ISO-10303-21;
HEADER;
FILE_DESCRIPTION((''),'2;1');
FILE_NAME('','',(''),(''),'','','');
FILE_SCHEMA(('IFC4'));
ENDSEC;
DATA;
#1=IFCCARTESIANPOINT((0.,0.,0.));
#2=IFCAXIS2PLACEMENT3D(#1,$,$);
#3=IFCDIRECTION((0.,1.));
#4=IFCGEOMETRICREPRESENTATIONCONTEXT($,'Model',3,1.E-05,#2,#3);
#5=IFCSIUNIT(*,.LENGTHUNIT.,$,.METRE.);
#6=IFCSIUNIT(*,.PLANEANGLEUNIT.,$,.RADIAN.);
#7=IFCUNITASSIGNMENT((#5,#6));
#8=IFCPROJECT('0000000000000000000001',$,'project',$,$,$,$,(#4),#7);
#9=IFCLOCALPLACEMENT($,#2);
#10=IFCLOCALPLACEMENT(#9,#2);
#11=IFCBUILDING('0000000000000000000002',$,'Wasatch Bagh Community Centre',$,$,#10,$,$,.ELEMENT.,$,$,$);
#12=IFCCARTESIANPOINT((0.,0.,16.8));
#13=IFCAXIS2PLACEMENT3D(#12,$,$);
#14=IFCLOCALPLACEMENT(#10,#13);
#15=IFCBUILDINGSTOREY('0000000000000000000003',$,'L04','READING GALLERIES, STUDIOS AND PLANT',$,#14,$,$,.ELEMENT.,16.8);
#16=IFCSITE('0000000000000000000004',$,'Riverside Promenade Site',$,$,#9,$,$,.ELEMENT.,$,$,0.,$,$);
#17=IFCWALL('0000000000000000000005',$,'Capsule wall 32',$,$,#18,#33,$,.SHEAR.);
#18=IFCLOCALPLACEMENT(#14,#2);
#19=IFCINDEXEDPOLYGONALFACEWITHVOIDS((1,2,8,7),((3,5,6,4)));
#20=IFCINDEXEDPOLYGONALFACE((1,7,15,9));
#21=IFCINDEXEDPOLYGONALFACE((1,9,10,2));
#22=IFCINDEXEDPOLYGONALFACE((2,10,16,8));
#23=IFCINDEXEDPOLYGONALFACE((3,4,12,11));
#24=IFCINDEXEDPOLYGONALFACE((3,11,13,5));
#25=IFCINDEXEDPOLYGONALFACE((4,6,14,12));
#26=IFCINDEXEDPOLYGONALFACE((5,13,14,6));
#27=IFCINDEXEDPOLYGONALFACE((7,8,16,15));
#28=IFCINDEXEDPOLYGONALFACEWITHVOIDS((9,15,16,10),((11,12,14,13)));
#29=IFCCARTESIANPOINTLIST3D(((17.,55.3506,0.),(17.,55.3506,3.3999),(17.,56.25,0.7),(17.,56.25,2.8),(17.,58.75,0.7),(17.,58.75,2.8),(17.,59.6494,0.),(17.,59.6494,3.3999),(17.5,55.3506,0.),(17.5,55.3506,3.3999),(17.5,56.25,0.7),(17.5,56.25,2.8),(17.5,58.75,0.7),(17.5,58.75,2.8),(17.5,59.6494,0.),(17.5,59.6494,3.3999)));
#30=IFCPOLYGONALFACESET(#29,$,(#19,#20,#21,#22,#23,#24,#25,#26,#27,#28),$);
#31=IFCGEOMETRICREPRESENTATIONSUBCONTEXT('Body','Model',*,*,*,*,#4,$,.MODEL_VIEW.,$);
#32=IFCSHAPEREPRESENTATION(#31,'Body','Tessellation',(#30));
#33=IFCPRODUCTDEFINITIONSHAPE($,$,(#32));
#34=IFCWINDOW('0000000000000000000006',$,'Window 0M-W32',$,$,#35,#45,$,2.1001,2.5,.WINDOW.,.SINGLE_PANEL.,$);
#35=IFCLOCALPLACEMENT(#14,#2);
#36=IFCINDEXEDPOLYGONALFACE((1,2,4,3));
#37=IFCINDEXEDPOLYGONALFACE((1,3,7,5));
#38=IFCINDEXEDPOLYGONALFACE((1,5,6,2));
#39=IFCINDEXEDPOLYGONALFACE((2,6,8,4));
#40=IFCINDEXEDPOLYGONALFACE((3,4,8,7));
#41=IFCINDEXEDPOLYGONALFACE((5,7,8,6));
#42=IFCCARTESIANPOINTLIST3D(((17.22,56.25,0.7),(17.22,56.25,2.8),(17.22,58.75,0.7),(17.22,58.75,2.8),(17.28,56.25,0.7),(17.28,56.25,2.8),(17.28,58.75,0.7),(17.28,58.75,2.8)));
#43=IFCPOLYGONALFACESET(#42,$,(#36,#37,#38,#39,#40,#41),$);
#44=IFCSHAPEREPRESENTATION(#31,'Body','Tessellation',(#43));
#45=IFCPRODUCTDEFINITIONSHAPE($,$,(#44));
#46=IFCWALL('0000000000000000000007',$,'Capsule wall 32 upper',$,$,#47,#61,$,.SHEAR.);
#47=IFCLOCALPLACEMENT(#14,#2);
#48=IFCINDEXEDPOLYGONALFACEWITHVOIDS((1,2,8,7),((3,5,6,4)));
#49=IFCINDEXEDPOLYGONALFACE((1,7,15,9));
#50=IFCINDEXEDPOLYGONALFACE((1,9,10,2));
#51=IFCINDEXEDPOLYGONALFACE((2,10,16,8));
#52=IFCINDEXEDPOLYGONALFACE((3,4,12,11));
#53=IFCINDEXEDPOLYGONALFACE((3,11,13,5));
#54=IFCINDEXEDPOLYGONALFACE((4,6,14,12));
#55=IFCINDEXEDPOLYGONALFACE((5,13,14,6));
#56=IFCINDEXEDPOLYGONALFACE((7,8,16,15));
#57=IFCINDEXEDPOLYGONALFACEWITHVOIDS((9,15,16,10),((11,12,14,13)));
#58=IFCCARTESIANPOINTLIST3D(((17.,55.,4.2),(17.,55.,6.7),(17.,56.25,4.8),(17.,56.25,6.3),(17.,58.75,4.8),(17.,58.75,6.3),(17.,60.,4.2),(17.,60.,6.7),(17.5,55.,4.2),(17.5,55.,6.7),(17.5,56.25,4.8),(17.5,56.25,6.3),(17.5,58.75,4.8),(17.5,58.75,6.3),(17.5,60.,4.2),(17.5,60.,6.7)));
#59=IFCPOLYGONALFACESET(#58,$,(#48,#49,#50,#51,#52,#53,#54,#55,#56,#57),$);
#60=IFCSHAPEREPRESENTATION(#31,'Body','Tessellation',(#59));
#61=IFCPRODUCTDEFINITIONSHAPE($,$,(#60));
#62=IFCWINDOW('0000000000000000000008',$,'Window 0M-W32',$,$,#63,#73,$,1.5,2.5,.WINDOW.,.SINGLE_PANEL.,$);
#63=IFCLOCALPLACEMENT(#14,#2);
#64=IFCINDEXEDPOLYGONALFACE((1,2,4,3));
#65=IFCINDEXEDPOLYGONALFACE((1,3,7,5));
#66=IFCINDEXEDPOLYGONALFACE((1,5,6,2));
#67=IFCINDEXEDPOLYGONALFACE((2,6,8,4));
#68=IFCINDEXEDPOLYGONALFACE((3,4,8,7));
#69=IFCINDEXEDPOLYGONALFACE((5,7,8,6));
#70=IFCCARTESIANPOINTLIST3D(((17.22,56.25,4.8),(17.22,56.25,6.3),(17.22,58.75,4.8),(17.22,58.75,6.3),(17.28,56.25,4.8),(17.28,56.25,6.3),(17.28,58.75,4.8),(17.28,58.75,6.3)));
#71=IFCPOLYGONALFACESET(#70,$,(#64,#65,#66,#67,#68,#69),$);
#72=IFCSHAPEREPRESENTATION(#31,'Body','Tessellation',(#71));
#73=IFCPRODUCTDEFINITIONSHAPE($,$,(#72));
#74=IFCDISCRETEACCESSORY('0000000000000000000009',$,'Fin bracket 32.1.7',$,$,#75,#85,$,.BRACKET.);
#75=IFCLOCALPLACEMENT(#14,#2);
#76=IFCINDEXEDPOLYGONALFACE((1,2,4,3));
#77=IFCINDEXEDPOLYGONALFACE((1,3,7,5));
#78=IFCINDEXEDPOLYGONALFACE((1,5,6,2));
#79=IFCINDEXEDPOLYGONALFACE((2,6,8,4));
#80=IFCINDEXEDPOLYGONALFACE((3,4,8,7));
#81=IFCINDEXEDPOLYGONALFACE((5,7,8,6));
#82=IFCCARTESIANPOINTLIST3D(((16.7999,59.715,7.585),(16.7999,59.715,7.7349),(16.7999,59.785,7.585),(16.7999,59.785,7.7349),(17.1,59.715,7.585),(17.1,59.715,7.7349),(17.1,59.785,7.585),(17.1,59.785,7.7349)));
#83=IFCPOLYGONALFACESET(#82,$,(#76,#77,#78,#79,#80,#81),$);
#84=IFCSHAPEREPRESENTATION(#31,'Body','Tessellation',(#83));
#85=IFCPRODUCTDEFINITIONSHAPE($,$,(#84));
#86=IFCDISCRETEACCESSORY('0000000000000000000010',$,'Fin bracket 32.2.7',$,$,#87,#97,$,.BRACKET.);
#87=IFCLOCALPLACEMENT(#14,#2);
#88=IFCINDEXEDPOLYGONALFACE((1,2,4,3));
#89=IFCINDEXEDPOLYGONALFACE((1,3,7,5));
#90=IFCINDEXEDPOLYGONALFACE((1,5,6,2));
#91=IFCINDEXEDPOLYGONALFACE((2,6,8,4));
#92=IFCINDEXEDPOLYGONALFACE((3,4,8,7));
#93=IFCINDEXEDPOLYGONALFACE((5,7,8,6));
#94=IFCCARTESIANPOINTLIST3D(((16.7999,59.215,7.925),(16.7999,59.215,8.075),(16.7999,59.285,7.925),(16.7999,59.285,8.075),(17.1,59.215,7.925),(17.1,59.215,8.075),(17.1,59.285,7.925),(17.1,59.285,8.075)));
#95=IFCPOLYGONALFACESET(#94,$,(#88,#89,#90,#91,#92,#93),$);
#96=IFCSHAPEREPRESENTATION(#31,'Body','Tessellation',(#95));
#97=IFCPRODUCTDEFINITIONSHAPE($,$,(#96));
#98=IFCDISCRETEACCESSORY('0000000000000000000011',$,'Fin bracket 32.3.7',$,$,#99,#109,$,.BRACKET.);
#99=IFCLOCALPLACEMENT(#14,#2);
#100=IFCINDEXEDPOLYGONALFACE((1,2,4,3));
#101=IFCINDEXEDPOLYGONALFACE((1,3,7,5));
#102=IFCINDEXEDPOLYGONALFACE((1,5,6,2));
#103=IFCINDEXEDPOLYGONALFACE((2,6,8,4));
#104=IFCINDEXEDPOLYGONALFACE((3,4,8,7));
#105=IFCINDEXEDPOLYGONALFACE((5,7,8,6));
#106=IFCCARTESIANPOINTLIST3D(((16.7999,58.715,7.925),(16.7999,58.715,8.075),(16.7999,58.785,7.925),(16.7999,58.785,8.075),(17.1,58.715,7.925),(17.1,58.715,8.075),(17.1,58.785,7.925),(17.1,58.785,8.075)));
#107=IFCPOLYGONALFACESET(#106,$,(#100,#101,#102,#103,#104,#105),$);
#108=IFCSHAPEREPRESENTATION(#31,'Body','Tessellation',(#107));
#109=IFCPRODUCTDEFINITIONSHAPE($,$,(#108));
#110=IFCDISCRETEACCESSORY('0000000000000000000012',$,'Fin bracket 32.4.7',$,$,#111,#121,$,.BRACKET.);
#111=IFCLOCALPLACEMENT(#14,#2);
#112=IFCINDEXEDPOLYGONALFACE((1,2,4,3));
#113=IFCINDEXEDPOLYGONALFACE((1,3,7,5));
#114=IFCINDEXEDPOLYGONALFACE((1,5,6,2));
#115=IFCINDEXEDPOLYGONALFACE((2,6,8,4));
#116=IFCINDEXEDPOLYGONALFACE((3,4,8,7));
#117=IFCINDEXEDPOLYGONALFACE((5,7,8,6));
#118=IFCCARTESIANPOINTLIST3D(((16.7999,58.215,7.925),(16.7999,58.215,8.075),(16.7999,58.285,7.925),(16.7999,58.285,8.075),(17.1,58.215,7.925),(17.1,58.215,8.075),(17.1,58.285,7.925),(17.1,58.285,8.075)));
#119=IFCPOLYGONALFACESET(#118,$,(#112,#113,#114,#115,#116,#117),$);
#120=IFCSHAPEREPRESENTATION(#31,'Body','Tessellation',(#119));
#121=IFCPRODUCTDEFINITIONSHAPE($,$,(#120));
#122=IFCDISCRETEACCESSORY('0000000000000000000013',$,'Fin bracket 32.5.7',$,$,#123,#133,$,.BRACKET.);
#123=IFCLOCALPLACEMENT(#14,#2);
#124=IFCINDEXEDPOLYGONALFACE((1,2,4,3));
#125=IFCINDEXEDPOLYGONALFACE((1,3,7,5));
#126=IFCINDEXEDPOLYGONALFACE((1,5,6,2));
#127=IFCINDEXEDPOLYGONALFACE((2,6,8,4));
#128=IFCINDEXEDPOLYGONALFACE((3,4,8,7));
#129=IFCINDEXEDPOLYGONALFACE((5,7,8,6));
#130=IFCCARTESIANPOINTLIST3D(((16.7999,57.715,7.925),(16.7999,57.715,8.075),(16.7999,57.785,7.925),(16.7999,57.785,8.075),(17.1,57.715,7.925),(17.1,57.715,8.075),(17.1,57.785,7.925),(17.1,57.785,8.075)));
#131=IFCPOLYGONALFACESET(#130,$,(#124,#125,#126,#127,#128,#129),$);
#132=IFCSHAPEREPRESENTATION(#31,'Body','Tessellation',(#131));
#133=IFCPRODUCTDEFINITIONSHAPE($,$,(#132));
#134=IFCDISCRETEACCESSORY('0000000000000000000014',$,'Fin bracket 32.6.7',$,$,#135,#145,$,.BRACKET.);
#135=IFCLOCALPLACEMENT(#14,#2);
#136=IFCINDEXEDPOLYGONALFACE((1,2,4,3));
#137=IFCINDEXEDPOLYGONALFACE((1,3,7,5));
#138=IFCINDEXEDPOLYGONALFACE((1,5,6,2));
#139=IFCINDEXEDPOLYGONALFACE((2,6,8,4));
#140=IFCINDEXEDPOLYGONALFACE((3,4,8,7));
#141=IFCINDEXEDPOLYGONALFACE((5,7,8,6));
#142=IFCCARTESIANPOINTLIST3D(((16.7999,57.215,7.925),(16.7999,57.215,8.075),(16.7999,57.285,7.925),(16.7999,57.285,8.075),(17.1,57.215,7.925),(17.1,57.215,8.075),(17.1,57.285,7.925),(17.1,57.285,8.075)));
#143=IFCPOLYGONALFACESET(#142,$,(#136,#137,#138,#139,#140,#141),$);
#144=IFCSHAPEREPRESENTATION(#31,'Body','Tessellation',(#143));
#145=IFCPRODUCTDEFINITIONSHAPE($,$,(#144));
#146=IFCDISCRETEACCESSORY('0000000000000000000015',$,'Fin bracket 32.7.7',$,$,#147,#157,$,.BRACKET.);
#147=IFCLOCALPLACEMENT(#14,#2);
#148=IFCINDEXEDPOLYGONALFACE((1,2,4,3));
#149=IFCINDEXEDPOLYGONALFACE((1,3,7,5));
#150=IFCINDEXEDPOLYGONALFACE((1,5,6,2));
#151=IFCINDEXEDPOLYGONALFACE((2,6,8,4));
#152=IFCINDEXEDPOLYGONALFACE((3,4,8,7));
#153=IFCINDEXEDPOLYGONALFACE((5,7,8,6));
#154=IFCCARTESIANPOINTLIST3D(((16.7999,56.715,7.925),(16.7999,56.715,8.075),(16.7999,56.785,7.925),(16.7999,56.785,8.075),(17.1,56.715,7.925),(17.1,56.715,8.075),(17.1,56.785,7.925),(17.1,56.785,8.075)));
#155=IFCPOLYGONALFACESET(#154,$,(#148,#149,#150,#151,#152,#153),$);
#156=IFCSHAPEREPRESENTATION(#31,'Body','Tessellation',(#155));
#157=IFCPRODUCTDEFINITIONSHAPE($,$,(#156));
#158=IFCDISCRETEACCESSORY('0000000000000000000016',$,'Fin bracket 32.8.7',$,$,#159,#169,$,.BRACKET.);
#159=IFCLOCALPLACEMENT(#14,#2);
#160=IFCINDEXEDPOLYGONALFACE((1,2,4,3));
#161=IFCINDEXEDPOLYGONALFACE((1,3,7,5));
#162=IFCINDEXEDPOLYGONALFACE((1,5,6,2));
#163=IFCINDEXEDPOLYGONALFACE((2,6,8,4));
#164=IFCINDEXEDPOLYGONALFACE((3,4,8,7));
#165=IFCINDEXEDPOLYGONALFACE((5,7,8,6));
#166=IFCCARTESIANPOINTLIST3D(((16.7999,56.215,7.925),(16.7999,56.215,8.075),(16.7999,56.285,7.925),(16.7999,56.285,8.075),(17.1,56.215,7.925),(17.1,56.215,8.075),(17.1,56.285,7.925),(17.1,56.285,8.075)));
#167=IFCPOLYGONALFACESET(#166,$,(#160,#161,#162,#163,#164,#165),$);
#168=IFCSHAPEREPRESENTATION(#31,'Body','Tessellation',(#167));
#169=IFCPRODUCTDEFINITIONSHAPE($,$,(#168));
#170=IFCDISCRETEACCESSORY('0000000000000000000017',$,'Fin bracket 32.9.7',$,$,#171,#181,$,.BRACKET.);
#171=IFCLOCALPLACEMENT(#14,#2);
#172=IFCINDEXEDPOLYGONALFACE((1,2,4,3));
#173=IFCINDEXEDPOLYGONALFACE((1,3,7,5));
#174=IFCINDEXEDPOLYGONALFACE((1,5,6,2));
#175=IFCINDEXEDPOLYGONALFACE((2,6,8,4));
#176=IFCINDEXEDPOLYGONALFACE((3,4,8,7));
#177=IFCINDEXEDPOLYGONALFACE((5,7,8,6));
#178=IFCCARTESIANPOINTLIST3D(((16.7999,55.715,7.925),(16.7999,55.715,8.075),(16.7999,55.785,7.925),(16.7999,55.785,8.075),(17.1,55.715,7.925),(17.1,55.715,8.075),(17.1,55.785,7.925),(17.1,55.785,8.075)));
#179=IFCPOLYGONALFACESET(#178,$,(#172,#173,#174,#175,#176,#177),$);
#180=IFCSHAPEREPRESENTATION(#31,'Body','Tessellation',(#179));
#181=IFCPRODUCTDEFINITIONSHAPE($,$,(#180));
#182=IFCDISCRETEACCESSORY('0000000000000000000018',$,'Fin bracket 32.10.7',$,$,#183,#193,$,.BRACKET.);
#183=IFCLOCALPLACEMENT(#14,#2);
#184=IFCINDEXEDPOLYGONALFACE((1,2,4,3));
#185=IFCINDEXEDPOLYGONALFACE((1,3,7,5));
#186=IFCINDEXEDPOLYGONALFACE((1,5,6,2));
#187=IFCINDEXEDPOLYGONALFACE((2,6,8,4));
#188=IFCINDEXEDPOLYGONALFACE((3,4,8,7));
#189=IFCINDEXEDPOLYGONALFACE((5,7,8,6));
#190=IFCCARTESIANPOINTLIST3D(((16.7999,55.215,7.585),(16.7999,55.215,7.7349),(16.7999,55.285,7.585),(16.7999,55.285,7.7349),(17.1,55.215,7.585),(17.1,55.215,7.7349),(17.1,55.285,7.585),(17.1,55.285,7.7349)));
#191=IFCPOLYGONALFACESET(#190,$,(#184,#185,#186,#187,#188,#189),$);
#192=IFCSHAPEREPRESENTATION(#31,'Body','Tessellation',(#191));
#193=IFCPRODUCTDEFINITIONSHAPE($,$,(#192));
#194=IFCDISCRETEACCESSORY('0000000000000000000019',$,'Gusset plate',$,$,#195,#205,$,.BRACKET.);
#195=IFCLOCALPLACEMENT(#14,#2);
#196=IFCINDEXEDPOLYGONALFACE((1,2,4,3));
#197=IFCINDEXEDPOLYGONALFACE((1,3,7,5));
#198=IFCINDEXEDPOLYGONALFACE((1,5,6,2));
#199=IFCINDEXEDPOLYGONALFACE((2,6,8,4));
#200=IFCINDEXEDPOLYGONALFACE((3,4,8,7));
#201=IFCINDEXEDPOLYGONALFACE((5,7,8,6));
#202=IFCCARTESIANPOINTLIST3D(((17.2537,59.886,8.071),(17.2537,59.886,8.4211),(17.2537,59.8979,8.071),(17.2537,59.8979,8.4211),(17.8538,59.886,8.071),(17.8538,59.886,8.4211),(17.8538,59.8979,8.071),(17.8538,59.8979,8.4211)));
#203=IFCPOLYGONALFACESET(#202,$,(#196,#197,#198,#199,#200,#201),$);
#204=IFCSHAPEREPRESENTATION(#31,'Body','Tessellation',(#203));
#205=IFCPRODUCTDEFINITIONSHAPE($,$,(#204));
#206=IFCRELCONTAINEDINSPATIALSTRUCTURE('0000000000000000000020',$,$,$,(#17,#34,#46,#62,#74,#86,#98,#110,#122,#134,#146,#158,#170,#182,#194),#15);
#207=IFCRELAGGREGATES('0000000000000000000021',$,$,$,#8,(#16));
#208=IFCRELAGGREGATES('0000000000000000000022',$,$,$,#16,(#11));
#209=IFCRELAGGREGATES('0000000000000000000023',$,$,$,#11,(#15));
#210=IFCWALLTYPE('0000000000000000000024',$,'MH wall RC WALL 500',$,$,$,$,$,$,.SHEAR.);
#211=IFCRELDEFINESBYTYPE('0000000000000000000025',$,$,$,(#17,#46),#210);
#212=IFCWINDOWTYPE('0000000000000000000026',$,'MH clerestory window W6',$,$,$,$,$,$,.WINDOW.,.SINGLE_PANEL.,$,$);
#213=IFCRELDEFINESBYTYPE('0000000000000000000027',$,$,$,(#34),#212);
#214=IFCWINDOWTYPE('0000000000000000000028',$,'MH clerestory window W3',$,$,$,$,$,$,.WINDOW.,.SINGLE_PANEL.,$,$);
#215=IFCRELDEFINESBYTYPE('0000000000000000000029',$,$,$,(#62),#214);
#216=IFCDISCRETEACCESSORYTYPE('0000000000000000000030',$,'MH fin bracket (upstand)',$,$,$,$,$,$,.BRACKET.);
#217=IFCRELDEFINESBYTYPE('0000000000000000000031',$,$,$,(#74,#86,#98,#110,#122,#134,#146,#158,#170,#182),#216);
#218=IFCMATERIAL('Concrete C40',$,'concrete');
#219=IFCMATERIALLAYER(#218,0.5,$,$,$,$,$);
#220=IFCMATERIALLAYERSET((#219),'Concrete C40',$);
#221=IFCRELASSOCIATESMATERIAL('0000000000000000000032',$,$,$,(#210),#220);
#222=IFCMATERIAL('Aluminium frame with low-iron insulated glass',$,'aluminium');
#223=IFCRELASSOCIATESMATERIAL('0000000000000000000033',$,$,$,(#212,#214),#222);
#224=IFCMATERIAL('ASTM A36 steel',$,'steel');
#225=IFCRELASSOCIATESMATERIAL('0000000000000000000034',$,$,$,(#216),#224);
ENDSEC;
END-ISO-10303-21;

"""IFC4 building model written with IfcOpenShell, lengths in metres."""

from ifc_helpers import new_model, si_unit, direction, frame, frame_2d, origin, origin_2d, place, context, subcontext, project, spatial, polyline, rectangle, outline, extrude, material, layer, layer_set, type_object, element, fill, save


model = new_model("IFC4")

# Units and contexts
model_context = context("Model", 3, precision=1e-05, world=origin(), true_north=direction((0.0, 1.0)))
body_context = subcontext(model_context, "Body", "Model", "MODEL_VIEW")
ifc_project = project(units=[si_unit("LENGTHUNIT", "METRE"), si_unit("PLANEANGLEUNIT", "RADIAN")], contexts=[model_context])

# Site, building, storey
site_placement = place(None, origin())
site = spatial("IfcSite", under=ifc_project, at=site_placement, Name="Riverside Promenade Site", CompositionType="ELEMENT", RefElevation=0.0)
building_placement = place(site_placement, origin())
building = spatial("IfcBuilding", under=site, at=building_placement, Name="Wasatch Bagh Community Centre", CompositionType="ELEMENT")
storey_placement = place(building_placement, frame((0.0, 0.0, 16.8)))
storey = spatial("IfcBuildingStorey", under=building, at=storey_placement, Name="L04", Description="READING GALLERIES, STUDIOS AND PLANT", CompositionType="ELEMENT", Elevation=16.8)

# Shared definitions
ifc_material_1 = material(Name="Concrete C40", Category="concrete")

# Shared definitions
ifc_material_2 = material(Name="ASTM A36 steel", Category="steel")

# Walls, openings, windows
ifc_layer_1 = layer(ifc_material_1, 0.5)
ifc_layer_set_1 = layer_set([ifc_layer_1], Name="Concrete C40")
wall_type_1 = type_object("IfcWallType", Name="MH wall RC WALL 500", PredefinedType="SHEAR", material=ifc_layer_set_1)
wall_1_placement = place(storey_placement, frame((17.25, 59.6494, 0.0), z_axis=(0.0, 0.0, 1.0), x_axis=(0.0, -1.0, 0.0)))
wall_1 = element("IfcWall", 1, at=wall_1_placement, inside=storey, type_object=wall_type_1, Name="Capsule wall 32", PredefinedType="SHEAR", context=body_context, shape_type="SweptSolid", body=[
    extrude(rectangle(XDim=4.2988, YDim=0.5, at=frame_2d((2.1494, 0.0))), origin(), (0.0, 0.0, 1.0), 3.3999),
])
opening_1_placement = place(wall_1_placement, frame((0.8994, 0.0, 0.7)))
opening_1 = element("IfcOpeningElement", 2, at=opening_1_placement, cuts=wall_1, PredefinedType="OPENING", context=body_context, shape_type="SweptSolid", body=[
    extrude(rectangle(XDim=2.5, YDim=2.1001, at=frame_2d((1.25, 1.05))), frame((0.0, 0.26, 0.0), z_axis=(0.0, -1.0, 0.0), x_axis=(1.0, 0.0, 0.0)), (0.0, 0.0, 1.0), 0.52),
])
ifc_material_3 = material(Name="Aluminium frame with low-iron insulated glass", Category="aluminium")
window_type_1 = type_object("IfcWindowType", Name="MH clerestory window W6", PartitioningType="SINGLE_PANEL", PredefinedType="WINDOW", material=ifc_material_3)
window_1_placement = place(opening_1_placement, origin())
window_1 = element("IfcWindow", 3, at=window_1_placement, inside=storey, type_object=window_type_1, Name="Window 0M-W32", OverallHeight=2.1001, OverallWidth=2.5, PartitioningType="SINGLE_PANEL", PredefinedType="WINDOW", context=body_context, shape_type="SweptSolid", body=[
    extrude(rectangle(XDim=2.5, YDim=2.1001, at=frame_2d((1.25, 1.05))), frame((0.0, 0.03, 0.0), z_axis=(0.0, -1.0, 0.0), x_axis=(1.0, 0.0, 0.0)), (0.0, 0.0, 1.0), 0.0601),
])
fill(opening_1, window_1)
wall_2_placement = place(storey_placement, frame((17.25, 60.0, 4.2), z_axis=(0.0, 0.0, 1.0), x_axis=(0.0, -1.0, 0.0)))
wall_2 = element("IfcWall", 4, at=wall_2_placement, inside=storey, type_object=wall_type_1, Name="Capsule wall 32 upper", PredefinedType="SHEAR", context=body_context, shape_type="SweptSolid", body=[
    extrude(rectangle(XDim=5.0, YDim=0.5, at=frame_2d((2.5, 0.0))), origin(), (0.0, 0.0, 1.0), 2.5),
])
opening_2_placement = place(wall_2_placement, frame((1.25, 0.0, 0.6001)))
opening_2 = element("IfcOpeningElement", 5, at=opening_2_placement, cuts=wall_2, PredefinedType="OPENING", context=body_context, shape_type="SweptSolid", body=[
    extrude(rectangle(XDim=2.5, YDim=1.5, at=frame_2d((1.25, 0.75))), frame((0.0, 0.26, 0.0), z_axis=(0.0, -1.0, 0.0), x_axis=(1.0, 0.0, 0.0)), (0.0, 0.0, 1.0), 0.52),
])
window_type_2 = type_object("IfcWindowType", Name="MH clerestory window W3", PartitioningType="SINGLE_PANEL", PredefinedType="WINDOW", material=ifc_material_3)
window_2_placement = place(opening_2_placement, origin())
window_2 = element("IfcWindow", 6, at=window_2_placement, inside=storey, type_object=window_type_2, Name="Window 0M-W32", OverallHeight=1.5, OverallWidth=2.5, PartitioningType="SINGLE_PANEL", PredefinedType="WINDOW", context=body_context, shape_type="SweptSolid", body=[
    extrude(rectangle(XDim=2.5, YDim=1.5, at=frame_2d((1.25, 0.75))), frame((0.0, 0.03, 0.0), z_axis=(0.0, -1.0, 0.0), x_axis=(1.0, 0.0, 0.0)), (0.0, 0.0, 1.0), 0.0601),
])
fill(opening_2, window_2)

# Discrete accessories
discrete_accessory_type = type_object("IfcDiscreteAccessoryType", Name="MH fin bracket (upstand)", PredefinedType="BRACKET", material=ifc_material_2)
for number, where, z_axis, x_axis, name in (
    (7, (16.95, 59.75, 7.585), (0.0, 0.0, 1.0), (0.0, -1.0, 0.0), "Fin bracket 32.1.7"),
    (8, (16.95, 59.25, 7.925), (0.0, 0.0, 1.0), (0.0, -1.0, 0.0), "Fin bracket 32.2.7"),
    (9, (16.95, 58.75, 7.925), (0.0, 0.0, 1.0), (0.0, -1.0, 0.0), "Fin bracket 32.3.7"),
    (10, (16.95, 58.25, 7.925), (0.0, 0.0, 1.0), (0.0, -1.0, 0.0), "Fin bracket 32.4.7"),
    (11, (16.95, 57.75, 7.925), (0.0, 0.0, 1.0), (0.0, -1.0, 0.0), "Fin bracket 32.5.7"),
    (12, (16.95, 57.25, 7.925), (0.0, 0.0, 1.0), (0.0, -1.0, 0.0), "Fin bracket 32.6.7"),
    (13, (16.95, 56.75, 7.925), (0.0, 0.0, 1.0), (0.0, -1.0, 0.0), "Fin bracket 32.7.7"),
    (14, (16.95, 56.25, 7.925), (0.0, 0.0, 1.0), (0.0, -1.0, 0.0), "Fin bracket 32.8.7"),
    (15, (16.95, 55.75, 7.925), (0.0, 0.0, 1.0), (0.0, -1.0, 0.0), "Fin bracket 32.9.7"),
    (16, (16.95, 55.25, 7.585), (0.0, 0.0, 1.0), (0.0, -1.0, 0.0), "Fin bracket 32.10.7"),
):
    element("IfcDiscreteAccessory", number, at=place(storey_placement, frame(where, z_axis=z_axis, x_axis=x_axis)), inside=storey, type_object=discrete_accessory_type, Name=name, PredefinedType="BRACKET", context=body_context, shape_type="SweptSolid", body=[
        extrude(rectangle(XDim=0.0701, YDim=0.3, at=origin_2d()), origin(), (0.0, 0.0, 1.0), 0.1499),
    ])
discrete_accessory_placement = place(storey_placement, frame((17.2537, 59.886, 8.071), z_axis=(0.0, -1.0, 0.0), x_axis=(1.0, 0.0, 0.0)))
element("IfcDiscreteAccessory", 17, at=discrete_accessory_placement, inside=storey, Name="Gusset plate", PredefinedType="BRACKET", context=body_context, shape_type="SweptSolid", body=[
    extrude(outline(polyline([(0.0, 0.0), (0.6001, 0.0), (0.6001, 0.3501), (0.0, 0.3501), (0.0, 0.0)])), origin(), (0.0, 0.0, -1.0), 0.012),
])

save(model, "model.ifc")
